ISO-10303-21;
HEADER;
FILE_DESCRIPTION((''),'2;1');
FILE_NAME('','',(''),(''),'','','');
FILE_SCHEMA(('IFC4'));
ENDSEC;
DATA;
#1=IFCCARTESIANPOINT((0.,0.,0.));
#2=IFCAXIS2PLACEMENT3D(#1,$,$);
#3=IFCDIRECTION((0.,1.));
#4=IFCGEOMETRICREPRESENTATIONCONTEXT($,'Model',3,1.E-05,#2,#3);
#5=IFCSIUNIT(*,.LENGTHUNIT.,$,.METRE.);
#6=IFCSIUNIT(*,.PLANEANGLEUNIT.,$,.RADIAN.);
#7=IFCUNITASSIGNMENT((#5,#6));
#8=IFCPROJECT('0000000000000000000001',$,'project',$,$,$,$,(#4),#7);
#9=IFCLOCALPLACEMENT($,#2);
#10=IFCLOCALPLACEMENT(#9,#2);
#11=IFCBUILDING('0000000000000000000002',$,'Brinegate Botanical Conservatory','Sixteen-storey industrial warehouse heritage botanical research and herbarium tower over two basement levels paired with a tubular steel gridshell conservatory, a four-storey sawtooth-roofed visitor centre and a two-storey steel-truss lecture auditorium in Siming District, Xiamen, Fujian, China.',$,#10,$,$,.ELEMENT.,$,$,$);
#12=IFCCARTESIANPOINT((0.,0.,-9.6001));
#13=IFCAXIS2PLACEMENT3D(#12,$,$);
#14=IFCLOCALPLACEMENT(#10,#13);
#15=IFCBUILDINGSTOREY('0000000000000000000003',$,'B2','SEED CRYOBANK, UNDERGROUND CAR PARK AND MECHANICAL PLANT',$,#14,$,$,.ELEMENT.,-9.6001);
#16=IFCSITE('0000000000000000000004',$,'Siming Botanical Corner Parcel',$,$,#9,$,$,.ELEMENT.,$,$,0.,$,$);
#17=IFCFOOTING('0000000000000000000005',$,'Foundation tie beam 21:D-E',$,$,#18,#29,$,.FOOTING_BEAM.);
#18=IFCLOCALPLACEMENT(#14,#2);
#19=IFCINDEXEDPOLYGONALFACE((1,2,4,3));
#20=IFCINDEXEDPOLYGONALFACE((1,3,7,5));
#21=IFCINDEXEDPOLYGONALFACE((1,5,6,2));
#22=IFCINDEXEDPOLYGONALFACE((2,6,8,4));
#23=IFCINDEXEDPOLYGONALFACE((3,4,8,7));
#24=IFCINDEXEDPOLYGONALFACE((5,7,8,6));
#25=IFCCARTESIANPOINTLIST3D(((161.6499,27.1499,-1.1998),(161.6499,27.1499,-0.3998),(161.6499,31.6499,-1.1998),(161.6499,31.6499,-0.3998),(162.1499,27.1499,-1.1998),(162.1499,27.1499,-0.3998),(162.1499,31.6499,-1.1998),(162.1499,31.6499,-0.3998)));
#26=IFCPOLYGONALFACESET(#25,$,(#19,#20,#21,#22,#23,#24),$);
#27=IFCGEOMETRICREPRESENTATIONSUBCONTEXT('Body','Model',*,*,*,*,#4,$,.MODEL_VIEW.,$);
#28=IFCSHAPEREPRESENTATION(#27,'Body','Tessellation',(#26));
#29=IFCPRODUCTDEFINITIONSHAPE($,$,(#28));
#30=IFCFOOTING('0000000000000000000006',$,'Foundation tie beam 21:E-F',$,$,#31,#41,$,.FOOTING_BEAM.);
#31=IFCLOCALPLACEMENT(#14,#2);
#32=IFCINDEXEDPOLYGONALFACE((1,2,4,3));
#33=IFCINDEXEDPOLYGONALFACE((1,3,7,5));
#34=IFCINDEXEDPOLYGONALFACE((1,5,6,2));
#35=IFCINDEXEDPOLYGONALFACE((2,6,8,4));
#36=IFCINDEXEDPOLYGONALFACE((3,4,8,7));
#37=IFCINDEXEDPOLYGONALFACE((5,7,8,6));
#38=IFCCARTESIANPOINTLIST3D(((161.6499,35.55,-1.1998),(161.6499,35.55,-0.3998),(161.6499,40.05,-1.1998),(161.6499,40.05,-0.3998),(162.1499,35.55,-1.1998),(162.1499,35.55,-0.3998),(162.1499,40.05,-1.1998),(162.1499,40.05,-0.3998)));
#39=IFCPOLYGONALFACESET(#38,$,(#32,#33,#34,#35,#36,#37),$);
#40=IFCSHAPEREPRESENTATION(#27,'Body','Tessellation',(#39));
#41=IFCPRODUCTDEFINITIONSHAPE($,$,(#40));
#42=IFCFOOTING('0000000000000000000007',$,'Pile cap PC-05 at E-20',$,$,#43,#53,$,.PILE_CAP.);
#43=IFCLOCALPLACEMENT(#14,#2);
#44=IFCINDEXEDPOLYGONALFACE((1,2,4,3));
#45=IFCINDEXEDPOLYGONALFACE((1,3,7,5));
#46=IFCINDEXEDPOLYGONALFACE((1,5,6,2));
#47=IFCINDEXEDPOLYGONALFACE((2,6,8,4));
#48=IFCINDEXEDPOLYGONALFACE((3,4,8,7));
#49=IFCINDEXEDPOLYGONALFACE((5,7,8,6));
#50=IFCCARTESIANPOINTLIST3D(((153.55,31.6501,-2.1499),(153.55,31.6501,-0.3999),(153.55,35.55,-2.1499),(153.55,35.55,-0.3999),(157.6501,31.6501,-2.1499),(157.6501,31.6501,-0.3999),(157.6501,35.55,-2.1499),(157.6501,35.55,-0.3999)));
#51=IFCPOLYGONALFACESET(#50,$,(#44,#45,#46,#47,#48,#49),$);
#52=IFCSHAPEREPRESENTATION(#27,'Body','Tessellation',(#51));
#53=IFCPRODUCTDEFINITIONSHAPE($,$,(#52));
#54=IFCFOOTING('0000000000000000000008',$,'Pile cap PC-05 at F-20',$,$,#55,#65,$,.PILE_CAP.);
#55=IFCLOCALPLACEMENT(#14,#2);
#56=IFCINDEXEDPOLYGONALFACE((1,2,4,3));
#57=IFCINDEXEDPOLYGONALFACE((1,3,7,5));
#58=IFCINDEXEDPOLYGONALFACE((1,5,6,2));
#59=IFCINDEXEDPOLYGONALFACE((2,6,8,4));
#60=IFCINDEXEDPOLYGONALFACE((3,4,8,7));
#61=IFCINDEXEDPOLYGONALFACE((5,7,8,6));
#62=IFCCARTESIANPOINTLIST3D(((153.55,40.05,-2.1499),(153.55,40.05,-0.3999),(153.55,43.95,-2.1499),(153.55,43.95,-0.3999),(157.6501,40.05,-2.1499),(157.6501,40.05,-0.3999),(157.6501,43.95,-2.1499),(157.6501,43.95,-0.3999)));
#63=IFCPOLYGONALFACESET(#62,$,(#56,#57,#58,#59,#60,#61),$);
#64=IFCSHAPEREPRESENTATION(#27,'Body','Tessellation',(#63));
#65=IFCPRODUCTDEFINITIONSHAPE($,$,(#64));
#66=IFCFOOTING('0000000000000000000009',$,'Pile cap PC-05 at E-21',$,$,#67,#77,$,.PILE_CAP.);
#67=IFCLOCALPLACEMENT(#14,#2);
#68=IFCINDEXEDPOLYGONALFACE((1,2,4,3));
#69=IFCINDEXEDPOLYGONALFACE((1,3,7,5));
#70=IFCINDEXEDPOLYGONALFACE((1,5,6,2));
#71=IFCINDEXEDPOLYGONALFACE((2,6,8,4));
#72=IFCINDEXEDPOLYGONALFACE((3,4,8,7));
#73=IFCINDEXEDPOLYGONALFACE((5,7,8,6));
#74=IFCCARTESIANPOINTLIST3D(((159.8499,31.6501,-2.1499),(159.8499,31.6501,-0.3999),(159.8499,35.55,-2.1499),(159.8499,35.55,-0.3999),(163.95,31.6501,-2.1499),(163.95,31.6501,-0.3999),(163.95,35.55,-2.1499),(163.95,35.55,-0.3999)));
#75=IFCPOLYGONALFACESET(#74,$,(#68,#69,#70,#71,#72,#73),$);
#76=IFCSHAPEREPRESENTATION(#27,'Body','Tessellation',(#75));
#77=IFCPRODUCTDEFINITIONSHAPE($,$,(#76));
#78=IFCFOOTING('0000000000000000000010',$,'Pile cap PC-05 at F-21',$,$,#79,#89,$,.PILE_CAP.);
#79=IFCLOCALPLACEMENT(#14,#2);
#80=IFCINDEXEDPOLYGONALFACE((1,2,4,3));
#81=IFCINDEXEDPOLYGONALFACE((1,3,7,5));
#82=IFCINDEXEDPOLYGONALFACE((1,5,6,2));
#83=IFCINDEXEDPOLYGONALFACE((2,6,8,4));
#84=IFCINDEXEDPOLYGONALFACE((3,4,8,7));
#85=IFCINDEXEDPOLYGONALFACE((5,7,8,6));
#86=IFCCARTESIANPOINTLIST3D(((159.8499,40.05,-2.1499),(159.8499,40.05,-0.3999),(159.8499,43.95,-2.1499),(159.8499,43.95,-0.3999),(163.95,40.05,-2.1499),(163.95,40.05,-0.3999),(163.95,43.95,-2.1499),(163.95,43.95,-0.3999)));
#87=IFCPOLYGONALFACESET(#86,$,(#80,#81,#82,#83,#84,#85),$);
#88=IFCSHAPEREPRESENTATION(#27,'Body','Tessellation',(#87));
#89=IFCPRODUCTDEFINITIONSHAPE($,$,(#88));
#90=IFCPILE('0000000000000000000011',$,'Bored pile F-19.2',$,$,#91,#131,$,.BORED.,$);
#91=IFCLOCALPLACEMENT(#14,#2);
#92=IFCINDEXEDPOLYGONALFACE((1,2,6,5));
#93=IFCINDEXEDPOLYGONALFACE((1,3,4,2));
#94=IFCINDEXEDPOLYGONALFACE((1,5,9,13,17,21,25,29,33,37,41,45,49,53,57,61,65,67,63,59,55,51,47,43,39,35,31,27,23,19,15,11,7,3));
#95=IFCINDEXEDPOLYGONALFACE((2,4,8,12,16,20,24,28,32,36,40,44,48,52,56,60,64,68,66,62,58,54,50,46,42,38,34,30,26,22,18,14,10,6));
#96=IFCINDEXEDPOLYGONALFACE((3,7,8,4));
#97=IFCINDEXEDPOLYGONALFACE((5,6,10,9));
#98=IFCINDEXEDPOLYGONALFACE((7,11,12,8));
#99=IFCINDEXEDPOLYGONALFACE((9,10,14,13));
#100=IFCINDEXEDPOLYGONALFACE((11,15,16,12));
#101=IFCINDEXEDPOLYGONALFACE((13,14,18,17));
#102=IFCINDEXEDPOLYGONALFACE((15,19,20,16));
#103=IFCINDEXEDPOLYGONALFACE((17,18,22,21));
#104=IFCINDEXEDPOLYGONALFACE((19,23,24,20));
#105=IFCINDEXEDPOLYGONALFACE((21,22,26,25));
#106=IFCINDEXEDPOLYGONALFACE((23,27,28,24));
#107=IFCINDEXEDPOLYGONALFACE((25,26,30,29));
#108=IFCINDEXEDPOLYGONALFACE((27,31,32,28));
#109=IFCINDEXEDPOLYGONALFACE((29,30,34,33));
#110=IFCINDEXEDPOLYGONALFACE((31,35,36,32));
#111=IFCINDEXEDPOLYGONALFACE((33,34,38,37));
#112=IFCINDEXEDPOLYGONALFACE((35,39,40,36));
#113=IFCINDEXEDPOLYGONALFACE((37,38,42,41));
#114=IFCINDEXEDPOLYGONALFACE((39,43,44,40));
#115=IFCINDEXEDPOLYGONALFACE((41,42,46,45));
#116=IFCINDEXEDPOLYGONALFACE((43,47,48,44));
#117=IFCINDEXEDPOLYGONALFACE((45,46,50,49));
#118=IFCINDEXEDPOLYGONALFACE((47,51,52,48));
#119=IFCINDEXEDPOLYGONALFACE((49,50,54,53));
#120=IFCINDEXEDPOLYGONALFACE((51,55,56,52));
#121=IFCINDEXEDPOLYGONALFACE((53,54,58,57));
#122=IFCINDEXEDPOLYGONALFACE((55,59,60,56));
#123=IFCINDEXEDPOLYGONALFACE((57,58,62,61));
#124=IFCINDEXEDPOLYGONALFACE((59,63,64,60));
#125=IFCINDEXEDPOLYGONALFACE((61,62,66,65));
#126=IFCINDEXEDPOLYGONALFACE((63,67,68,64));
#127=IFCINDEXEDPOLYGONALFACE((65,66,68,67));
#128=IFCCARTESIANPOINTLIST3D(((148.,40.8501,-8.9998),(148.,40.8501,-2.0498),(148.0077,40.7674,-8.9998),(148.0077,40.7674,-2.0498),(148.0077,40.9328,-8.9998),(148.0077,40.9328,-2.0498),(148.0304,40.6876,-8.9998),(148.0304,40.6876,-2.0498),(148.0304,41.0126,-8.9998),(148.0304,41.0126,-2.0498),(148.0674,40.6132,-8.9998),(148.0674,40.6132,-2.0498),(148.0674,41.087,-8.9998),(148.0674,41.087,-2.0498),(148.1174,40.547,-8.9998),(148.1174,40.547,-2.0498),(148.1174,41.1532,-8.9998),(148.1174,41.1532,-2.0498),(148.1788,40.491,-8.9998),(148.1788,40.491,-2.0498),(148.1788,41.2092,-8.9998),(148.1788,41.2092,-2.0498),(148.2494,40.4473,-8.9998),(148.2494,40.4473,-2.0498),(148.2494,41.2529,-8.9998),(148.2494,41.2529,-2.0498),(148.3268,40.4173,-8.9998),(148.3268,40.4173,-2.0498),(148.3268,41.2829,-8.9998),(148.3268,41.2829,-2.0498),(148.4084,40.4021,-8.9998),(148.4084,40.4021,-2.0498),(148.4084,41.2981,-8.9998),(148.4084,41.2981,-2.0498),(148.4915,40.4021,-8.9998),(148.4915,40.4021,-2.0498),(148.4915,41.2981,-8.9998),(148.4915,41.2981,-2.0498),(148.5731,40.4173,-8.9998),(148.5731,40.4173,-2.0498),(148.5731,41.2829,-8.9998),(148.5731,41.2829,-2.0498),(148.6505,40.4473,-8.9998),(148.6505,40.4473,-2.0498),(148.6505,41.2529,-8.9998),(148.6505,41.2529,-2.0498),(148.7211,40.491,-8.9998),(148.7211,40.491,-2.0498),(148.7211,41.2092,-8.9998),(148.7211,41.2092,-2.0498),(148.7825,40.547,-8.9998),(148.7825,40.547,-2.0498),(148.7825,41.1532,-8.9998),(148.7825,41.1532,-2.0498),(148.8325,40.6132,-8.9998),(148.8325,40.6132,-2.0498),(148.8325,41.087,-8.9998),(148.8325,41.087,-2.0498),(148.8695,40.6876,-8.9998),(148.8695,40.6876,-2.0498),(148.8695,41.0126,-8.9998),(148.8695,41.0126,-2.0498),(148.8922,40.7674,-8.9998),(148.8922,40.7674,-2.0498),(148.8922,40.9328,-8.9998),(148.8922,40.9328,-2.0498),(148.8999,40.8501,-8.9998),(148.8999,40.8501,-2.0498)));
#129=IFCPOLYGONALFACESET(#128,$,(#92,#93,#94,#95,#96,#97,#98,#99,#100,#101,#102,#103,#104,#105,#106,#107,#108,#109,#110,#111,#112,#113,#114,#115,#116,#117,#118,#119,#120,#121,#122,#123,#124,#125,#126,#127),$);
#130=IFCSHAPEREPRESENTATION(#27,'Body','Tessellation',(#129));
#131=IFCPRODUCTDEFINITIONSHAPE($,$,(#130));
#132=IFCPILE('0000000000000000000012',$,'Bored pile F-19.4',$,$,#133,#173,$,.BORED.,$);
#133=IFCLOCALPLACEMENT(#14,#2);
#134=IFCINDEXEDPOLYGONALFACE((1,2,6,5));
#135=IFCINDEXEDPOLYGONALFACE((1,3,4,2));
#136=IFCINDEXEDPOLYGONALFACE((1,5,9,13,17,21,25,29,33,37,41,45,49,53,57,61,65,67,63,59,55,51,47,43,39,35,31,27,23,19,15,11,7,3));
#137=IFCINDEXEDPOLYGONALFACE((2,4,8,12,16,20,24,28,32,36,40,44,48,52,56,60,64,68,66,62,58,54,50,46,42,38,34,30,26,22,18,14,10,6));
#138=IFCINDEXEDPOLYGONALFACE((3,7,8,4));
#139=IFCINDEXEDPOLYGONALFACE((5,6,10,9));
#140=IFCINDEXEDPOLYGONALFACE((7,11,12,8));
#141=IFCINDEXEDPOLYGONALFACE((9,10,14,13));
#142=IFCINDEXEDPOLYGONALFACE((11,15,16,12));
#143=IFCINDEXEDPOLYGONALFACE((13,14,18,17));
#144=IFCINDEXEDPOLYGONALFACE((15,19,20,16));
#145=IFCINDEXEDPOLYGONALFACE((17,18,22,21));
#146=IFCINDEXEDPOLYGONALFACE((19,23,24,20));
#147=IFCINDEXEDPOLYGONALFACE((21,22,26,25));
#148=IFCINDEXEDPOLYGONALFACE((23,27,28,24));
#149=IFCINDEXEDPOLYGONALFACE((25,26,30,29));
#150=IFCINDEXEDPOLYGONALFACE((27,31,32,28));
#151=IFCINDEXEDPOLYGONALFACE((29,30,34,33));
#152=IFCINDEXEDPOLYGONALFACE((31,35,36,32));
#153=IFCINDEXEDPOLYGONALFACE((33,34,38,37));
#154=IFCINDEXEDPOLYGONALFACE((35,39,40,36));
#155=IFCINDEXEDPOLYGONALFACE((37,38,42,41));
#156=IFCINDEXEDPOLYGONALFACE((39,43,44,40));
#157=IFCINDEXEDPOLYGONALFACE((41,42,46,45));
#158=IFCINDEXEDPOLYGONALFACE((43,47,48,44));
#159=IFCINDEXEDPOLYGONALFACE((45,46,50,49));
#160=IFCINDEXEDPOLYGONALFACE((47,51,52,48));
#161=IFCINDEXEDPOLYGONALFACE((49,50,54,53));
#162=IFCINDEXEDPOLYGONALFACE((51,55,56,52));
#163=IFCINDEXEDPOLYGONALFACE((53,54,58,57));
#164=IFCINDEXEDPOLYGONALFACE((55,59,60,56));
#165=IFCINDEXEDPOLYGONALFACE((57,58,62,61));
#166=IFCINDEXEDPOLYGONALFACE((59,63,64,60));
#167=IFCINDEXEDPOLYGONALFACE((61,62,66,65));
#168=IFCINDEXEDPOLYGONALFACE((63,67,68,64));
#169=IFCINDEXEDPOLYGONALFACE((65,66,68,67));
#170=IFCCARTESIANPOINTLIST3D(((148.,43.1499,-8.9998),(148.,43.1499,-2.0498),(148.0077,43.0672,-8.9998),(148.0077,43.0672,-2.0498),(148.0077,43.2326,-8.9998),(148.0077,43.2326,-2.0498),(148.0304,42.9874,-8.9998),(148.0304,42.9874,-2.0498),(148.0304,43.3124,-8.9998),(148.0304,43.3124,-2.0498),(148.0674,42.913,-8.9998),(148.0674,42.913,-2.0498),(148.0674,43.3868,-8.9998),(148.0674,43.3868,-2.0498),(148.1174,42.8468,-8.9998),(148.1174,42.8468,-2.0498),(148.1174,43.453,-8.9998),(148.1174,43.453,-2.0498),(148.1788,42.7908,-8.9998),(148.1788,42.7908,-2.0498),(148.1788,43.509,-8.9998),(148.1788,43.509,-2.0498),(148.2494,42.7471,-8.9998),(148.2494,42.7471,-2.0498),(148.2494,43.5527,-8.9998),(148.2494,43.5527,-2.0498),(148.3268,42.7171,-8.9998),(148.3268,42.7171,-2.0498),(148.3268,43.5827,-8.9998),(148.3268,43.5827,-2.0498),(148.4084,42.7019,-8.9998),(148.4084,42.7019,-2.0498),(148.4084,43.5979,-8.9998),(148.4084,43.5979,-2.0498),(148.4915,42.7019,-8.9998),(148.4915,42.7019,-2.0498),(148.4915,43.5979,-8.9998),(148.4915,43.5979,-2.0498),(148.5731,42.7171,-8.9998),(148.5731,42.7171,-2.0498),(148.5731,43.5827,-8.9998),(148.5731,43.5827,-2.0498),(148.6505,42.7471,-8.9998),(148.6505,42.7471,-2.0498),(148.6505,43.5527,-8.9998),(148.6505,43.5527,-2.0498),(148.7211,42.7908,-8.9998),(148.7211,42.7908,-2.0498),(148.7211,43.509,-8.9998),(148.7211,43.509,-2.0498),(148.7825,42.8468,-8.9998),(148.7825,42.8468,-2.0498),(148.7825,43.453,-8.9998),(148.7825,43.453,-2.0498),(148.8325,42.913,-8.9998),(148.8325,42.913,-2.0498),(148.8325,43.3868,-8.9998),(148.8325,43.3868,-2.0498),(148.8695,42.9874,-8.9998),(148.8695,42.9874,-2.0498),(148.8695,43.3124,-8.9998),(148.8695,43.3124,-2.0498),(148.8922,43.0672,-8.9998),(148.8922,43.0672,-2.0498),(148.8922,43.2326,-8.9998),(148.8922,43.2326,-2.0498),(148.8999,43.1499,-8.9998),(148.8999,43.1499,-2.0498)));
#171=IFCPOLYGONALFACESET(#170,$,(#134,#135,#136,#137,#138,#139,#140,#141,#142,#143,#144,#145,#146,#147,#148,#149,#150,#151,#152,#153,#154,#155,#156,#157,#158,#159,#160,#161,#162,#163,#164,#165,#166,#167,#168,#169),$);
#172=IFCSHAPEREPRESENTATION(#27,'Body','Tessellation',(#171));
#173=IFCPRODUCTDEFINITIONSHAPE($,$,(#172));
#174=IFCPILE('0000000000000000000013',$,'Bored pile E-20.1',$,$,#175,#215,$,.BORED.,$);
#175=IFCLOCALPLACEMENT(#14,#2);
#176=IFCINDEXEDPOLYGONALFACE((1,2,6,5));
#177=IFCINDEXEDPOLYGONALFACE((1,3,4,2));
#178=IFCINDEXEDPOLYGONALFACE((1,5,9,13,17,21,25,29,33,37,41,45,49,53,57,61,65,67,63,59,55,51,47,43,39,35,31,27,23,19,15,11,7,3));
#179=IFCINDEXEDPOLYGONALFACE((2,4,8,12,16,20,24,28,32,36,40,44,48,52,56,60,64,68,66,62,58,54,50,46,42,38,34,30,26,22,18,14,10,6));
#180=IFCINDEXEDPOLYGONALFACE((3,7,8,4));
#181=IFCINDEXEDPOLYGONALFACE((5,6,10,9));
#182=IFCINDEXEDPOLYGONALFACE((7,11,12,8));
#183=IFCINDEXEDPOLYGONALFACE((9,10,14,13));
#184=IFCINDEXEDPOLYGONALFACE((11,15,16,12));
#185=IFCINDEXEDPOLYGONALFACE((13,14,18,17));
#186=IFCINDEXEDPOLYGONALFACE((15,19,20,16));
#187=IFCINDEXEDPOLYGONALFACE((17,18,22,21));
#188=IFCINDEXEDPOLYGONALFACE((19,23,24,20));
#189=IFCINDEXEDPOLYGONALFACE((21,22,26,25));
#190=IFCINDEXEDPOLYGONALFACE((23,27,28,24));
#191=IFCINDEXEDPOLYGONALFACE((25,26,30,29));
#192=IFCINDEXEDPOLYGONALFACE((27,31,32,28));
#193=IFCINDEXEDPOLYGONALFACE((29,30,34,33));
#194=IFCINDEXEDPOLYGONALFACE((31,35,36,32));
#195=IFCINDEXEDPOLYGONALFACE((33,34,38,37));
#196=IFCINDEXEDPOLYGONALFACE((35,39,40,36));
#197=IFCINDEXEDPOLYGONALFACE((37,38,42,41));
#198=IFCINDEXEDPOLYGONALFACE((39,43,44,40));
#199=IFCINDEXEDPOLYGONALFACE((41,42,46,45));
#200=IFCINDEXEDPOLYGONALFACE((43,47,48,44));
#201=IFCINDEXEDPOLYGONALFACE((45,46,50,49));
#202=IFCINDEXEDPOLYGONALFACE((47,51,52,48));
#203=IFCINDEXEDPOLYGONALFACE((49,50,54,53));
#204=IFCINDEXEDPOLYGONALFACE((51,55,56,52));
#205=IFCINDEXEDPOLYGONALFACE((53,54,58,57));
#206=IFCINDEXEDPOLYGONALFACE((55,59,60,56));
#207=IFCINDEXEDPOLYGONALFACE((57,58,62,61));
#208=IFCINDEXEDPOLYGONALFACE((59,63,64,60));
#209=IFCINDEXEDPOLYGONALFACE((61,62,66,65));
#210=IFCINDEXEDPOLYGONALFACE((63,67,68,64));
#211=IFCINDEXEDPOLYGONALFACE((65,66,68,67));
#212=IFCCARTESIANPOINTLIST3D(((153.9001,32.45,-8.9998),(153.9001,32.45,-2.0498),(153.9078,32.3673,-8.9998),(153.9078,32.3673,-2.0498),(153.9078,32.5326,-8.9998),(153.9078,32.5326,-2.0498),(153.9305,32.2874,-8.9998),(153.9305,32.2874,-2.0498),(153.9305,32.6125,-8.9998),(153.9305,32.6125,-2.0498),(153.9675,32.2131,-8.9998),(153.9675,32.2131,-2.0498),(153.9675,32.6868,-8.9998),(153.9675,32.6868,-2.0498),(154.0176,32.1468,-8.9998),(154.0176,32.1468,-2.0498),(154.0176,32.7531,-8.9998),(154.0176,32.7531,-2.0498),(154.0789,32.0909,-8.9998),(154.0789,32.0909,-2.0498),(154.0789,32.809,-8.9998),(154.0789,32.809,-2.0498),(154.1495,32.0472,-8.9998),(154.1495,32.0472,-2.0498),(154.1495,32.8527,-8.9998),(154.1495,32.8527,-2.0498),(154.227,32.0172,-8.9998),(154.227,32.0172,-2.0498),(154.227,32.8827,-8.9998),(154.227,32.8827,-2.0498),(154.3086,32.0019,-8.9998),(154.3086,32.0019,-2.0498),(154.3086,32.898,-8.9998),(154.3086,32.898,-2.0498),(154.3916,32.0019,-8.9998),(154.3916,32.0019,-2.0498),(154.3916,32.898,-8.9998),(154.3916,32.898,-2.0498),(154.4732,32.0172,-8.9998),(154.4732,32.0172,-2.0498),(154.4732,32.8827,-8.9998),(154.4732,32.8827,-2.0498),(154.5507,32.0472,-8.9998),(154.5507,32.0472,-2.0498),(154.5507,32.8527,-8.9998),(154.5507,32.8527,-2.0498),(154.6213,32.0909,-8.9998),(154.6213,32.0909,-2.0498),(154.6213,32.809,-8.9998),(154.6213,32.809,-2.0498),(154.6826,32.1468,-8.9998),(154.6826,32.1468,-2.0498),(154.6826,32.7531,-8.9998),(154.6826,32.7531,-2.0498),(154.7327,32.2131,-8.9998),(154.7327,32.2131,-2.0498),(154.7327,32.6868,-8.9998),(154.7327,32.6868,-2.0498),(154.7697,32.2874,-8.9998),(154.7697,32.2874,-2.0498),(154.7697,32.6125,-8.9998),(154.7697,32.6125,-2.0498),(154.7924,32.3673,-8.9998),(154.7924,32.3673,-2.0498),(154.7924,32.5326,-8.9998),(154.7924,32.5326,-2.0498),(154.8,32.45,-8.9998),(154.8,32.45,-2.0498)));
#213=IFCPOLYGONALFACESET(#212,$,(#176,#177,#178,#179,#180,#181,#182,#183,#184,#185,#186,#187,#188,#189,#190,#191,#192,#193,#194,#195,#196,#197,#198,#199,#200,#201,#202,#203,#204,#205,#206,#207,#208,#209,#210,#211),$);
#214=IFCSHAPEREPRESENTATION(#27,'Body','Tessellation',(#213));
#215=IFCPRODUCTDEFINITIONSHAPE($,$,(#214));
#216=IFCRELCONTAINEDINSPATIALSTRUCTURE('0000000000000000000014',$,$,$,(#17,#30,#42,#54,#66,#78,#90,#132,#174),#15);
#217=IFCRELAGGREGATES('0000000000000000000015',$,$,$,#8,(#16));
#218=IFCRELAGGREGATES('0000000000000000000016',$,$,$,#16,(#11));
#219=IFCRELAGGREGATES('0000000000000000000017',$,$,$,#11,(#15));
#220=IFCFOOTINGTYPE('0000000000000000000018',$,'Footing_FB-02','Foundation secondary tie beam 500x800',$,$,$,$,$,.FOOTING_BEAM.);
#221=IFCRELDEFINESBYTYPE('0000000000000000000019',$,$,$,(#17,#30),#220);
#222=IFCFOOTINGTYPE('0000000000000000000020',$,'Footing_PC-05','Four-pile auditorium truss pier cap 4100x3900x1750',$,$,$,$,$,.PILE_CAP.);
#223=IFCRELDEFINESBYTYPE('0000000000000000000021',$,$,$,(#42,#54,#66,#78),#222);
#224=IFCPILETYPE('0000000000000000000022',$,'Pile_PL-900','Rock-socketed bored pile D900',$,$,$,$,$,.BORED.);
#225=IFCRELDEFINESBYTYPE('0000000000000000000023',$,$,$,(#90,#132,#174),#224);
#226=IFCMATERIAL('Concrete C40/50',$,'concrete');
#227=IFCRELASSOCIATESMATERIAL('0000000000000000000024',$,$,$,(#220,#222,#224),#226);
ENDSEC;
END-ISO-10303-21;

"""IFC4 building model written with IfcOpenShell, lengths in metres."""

from ifc_helpers import new_model, si_unit, direction, frame, origin, origin_2d, place, context, subcontext, project, spatial, rectangle, circle, extrude, material, material_profile, profile_set, type_object, element, save


model = new_model("IFC4")

# Units and contexts
model_context = context("Model", 3, precision=1e-05, world=origin(), true_north=direction((0.0, 1.0)))
body_context = subcontext(model_context, "Body", "Model", "MODEL_VIEW")
ifc_project = project(units=[si_unit("LENGTHUNIT", "METRE"), si_unit("PLANEANGLEUNIT", "RADIAN")], contexts=[model_context])

# Site, building, storey
site_placement = place(None, origin())
site = spatial("IfcSite", under=ifc_project, at=site_placement, Name="Siming Botanical Corner Parcel", CompositionType="ELEMENT", RefElevation=0.0)
building_placement = place(site_placement, origin())
building = spatial("IfcBuilding", under=site, at=building_placement, Name="Brinegate Botanical Conservatory", Description="Sixteen-storey industrial warehouse heritage botanical research and herbarium tower over two basement levels paired with a tubular steel gridshell conservatory, a four-storey sawtooth-roofed visitor centre and a two-storey steel-truss lecture auditorium in Siming District, Xiamen, Fujian, China.", CompositionType="ELEMENT")
storey_placement = place(building_placement, frame((0.0, 0.0, -9.6001)))
storey = spatial("IfcBuildingStorey", under=building, at=storey_placement, Name="B2", Description="SEED CRYOBANK, UNDERGROUND CAR PARK AND MECHANICAL PLANT", CompositionType="ELEMENT", Elevation=-9.6001)

# Footings
ifc_material_1 = material(Name="Concrete C40/50", Category="concrete")
ifc_material_profile_1 = material_profile(ifc_material_1, rectangle(XDim=0.5, YDim=0.8, at=origin_2d()), Name="RC GB 500x800")
ifc_profile_set_1 = profile_set([ifc_material_profile_1], Name="Concrete C40/50")
footing_type_1 = type_object("IfcFootingType", Name="Footing_FB-02", Description="Foundation secondary tie beam 500x800", PredefinedType="FOOTING_BEAM", material=ifc_profile_set_1)
for number, where, z_axis, x_axis, name in (
    (1, (161.8999, 27.1499, -0.7998), (0.0, 1.0, 0.0), (-1.0, 0.0, 0.0), "Foundation tie beam 21:D-E"),
    (2, (161.8999, 35.55, -0.7998), (0.0, 1.0, 0.0), (-1.0, 0.0, 0.0), "Foundation tie beam 21:E-F"),
):
    element("IfcFooting", number, at=place(storey_placement, frame(where, z_axis=z_axis, x_axis=x_axis)), inside=storey, type_object=footing_type_1, Name=name, PredefinedType="FOOTING_BEAM", context=body_context, shape_type="SweptSolid", body=[
        extrude(rectangle(XDim=0.5, YDim=0.8, at=origin_2d()), origin(), (0.0, 0.0, 1.0), 4.5),
    ])
footing_type_2 = type_object("IfcFootingType", Name="Footing_PC-05", Description="Four-pile auditorium truss pier cap 4100x3900x1750", PredefinedType="PILE_CAP", material=ifc_material_1)
for number, where, z_axis, x_axis, name in (
    (3, (155.6001, 33.6001, -2.1499), (0.0, 0.0, 1.0), (1.0, 0.0, 0.0), "Pile cap PC-05 at E-20"),
    (4, (155.6001, 42.0, -2.1499), (0.0, 0.0, 1.0), (1.0, 0.0, 0.0), "Pile cap PC-05 at F-20"),
    (5, (161.8999, 33.6001, -2.1499), (0.0, 0.0, 1.0), (1.0, 0.0, 0.0), "Pile cap PC-05 at E-21"),
    (6, (161.8999, 42.0, -2.1499), (0.0, 0.0, 1.0), (1.0, 0.0, 0.0), "Pile cap PC-05 at F-21"),
):
    element("IfcFooting", number, at=place(storey_placement, frame(where, z_axis=z_axis, x_axis=x_axis)), inside=storey, type_object=footing_type_2, Name=name, PredefinedType="PILE_CAP", context=body_context, shape_type="SweptSolid", body=[
        extrude(rectangle(XDim=4.1001, YDim=3.8999, at=origin_2d()), origin(), (0.0, 0.0, 1.0), 1.75),
    ])

# Piles
ifc_material_profile_2 = material_profile(ifc_material_1, circle(Radius=0.45, at=origin_2d()), Name="PILE D900")
ifc_profile_set_2 = profile_set([ifc_material_profile_2], Name="Concrete C40/50")
pile_type = type_object("IfcPileType", Name="Pile_PL-900", Description="Rock-socketed bored pile D900", PredefinedType="BORED", material=ifc_profile_set_2)
for number, where, z_axis, x_axis, name in (
    (7, (148.45, 40.8501, -2.0498), (0.0, 0.0, -1.0), (1.0, 0.0, 0.0), "Bored pile F-19.2"),
    (8, (148.45, 43.1499, -2.0498), (0.0, 0.0, -1.0), (1.0, 0.0, 0.0), "Bored pile F-19.4"),
    (9, (154.3501, 32.45, -2.0498), (0.0, 0.0, -1.0), (1.0, 0.0, 0.0), "Bored pile E-20.1"),
):
    element("IfcPile", number, at=place(storey_placement, frame(where, z_axis=z_axis, x_axis=x_axis)), inside=storey, type_object=pile_type, Name=name, PredefinedType="BORED", context=body_context, shape_type="SweptSolid", body=[
        extrude(circle(Radius=0.45, at=origin_2d()), origin(), (0.0, 0.0, 1.0), 6.95),
    ])

save(model, "model.ifc")
